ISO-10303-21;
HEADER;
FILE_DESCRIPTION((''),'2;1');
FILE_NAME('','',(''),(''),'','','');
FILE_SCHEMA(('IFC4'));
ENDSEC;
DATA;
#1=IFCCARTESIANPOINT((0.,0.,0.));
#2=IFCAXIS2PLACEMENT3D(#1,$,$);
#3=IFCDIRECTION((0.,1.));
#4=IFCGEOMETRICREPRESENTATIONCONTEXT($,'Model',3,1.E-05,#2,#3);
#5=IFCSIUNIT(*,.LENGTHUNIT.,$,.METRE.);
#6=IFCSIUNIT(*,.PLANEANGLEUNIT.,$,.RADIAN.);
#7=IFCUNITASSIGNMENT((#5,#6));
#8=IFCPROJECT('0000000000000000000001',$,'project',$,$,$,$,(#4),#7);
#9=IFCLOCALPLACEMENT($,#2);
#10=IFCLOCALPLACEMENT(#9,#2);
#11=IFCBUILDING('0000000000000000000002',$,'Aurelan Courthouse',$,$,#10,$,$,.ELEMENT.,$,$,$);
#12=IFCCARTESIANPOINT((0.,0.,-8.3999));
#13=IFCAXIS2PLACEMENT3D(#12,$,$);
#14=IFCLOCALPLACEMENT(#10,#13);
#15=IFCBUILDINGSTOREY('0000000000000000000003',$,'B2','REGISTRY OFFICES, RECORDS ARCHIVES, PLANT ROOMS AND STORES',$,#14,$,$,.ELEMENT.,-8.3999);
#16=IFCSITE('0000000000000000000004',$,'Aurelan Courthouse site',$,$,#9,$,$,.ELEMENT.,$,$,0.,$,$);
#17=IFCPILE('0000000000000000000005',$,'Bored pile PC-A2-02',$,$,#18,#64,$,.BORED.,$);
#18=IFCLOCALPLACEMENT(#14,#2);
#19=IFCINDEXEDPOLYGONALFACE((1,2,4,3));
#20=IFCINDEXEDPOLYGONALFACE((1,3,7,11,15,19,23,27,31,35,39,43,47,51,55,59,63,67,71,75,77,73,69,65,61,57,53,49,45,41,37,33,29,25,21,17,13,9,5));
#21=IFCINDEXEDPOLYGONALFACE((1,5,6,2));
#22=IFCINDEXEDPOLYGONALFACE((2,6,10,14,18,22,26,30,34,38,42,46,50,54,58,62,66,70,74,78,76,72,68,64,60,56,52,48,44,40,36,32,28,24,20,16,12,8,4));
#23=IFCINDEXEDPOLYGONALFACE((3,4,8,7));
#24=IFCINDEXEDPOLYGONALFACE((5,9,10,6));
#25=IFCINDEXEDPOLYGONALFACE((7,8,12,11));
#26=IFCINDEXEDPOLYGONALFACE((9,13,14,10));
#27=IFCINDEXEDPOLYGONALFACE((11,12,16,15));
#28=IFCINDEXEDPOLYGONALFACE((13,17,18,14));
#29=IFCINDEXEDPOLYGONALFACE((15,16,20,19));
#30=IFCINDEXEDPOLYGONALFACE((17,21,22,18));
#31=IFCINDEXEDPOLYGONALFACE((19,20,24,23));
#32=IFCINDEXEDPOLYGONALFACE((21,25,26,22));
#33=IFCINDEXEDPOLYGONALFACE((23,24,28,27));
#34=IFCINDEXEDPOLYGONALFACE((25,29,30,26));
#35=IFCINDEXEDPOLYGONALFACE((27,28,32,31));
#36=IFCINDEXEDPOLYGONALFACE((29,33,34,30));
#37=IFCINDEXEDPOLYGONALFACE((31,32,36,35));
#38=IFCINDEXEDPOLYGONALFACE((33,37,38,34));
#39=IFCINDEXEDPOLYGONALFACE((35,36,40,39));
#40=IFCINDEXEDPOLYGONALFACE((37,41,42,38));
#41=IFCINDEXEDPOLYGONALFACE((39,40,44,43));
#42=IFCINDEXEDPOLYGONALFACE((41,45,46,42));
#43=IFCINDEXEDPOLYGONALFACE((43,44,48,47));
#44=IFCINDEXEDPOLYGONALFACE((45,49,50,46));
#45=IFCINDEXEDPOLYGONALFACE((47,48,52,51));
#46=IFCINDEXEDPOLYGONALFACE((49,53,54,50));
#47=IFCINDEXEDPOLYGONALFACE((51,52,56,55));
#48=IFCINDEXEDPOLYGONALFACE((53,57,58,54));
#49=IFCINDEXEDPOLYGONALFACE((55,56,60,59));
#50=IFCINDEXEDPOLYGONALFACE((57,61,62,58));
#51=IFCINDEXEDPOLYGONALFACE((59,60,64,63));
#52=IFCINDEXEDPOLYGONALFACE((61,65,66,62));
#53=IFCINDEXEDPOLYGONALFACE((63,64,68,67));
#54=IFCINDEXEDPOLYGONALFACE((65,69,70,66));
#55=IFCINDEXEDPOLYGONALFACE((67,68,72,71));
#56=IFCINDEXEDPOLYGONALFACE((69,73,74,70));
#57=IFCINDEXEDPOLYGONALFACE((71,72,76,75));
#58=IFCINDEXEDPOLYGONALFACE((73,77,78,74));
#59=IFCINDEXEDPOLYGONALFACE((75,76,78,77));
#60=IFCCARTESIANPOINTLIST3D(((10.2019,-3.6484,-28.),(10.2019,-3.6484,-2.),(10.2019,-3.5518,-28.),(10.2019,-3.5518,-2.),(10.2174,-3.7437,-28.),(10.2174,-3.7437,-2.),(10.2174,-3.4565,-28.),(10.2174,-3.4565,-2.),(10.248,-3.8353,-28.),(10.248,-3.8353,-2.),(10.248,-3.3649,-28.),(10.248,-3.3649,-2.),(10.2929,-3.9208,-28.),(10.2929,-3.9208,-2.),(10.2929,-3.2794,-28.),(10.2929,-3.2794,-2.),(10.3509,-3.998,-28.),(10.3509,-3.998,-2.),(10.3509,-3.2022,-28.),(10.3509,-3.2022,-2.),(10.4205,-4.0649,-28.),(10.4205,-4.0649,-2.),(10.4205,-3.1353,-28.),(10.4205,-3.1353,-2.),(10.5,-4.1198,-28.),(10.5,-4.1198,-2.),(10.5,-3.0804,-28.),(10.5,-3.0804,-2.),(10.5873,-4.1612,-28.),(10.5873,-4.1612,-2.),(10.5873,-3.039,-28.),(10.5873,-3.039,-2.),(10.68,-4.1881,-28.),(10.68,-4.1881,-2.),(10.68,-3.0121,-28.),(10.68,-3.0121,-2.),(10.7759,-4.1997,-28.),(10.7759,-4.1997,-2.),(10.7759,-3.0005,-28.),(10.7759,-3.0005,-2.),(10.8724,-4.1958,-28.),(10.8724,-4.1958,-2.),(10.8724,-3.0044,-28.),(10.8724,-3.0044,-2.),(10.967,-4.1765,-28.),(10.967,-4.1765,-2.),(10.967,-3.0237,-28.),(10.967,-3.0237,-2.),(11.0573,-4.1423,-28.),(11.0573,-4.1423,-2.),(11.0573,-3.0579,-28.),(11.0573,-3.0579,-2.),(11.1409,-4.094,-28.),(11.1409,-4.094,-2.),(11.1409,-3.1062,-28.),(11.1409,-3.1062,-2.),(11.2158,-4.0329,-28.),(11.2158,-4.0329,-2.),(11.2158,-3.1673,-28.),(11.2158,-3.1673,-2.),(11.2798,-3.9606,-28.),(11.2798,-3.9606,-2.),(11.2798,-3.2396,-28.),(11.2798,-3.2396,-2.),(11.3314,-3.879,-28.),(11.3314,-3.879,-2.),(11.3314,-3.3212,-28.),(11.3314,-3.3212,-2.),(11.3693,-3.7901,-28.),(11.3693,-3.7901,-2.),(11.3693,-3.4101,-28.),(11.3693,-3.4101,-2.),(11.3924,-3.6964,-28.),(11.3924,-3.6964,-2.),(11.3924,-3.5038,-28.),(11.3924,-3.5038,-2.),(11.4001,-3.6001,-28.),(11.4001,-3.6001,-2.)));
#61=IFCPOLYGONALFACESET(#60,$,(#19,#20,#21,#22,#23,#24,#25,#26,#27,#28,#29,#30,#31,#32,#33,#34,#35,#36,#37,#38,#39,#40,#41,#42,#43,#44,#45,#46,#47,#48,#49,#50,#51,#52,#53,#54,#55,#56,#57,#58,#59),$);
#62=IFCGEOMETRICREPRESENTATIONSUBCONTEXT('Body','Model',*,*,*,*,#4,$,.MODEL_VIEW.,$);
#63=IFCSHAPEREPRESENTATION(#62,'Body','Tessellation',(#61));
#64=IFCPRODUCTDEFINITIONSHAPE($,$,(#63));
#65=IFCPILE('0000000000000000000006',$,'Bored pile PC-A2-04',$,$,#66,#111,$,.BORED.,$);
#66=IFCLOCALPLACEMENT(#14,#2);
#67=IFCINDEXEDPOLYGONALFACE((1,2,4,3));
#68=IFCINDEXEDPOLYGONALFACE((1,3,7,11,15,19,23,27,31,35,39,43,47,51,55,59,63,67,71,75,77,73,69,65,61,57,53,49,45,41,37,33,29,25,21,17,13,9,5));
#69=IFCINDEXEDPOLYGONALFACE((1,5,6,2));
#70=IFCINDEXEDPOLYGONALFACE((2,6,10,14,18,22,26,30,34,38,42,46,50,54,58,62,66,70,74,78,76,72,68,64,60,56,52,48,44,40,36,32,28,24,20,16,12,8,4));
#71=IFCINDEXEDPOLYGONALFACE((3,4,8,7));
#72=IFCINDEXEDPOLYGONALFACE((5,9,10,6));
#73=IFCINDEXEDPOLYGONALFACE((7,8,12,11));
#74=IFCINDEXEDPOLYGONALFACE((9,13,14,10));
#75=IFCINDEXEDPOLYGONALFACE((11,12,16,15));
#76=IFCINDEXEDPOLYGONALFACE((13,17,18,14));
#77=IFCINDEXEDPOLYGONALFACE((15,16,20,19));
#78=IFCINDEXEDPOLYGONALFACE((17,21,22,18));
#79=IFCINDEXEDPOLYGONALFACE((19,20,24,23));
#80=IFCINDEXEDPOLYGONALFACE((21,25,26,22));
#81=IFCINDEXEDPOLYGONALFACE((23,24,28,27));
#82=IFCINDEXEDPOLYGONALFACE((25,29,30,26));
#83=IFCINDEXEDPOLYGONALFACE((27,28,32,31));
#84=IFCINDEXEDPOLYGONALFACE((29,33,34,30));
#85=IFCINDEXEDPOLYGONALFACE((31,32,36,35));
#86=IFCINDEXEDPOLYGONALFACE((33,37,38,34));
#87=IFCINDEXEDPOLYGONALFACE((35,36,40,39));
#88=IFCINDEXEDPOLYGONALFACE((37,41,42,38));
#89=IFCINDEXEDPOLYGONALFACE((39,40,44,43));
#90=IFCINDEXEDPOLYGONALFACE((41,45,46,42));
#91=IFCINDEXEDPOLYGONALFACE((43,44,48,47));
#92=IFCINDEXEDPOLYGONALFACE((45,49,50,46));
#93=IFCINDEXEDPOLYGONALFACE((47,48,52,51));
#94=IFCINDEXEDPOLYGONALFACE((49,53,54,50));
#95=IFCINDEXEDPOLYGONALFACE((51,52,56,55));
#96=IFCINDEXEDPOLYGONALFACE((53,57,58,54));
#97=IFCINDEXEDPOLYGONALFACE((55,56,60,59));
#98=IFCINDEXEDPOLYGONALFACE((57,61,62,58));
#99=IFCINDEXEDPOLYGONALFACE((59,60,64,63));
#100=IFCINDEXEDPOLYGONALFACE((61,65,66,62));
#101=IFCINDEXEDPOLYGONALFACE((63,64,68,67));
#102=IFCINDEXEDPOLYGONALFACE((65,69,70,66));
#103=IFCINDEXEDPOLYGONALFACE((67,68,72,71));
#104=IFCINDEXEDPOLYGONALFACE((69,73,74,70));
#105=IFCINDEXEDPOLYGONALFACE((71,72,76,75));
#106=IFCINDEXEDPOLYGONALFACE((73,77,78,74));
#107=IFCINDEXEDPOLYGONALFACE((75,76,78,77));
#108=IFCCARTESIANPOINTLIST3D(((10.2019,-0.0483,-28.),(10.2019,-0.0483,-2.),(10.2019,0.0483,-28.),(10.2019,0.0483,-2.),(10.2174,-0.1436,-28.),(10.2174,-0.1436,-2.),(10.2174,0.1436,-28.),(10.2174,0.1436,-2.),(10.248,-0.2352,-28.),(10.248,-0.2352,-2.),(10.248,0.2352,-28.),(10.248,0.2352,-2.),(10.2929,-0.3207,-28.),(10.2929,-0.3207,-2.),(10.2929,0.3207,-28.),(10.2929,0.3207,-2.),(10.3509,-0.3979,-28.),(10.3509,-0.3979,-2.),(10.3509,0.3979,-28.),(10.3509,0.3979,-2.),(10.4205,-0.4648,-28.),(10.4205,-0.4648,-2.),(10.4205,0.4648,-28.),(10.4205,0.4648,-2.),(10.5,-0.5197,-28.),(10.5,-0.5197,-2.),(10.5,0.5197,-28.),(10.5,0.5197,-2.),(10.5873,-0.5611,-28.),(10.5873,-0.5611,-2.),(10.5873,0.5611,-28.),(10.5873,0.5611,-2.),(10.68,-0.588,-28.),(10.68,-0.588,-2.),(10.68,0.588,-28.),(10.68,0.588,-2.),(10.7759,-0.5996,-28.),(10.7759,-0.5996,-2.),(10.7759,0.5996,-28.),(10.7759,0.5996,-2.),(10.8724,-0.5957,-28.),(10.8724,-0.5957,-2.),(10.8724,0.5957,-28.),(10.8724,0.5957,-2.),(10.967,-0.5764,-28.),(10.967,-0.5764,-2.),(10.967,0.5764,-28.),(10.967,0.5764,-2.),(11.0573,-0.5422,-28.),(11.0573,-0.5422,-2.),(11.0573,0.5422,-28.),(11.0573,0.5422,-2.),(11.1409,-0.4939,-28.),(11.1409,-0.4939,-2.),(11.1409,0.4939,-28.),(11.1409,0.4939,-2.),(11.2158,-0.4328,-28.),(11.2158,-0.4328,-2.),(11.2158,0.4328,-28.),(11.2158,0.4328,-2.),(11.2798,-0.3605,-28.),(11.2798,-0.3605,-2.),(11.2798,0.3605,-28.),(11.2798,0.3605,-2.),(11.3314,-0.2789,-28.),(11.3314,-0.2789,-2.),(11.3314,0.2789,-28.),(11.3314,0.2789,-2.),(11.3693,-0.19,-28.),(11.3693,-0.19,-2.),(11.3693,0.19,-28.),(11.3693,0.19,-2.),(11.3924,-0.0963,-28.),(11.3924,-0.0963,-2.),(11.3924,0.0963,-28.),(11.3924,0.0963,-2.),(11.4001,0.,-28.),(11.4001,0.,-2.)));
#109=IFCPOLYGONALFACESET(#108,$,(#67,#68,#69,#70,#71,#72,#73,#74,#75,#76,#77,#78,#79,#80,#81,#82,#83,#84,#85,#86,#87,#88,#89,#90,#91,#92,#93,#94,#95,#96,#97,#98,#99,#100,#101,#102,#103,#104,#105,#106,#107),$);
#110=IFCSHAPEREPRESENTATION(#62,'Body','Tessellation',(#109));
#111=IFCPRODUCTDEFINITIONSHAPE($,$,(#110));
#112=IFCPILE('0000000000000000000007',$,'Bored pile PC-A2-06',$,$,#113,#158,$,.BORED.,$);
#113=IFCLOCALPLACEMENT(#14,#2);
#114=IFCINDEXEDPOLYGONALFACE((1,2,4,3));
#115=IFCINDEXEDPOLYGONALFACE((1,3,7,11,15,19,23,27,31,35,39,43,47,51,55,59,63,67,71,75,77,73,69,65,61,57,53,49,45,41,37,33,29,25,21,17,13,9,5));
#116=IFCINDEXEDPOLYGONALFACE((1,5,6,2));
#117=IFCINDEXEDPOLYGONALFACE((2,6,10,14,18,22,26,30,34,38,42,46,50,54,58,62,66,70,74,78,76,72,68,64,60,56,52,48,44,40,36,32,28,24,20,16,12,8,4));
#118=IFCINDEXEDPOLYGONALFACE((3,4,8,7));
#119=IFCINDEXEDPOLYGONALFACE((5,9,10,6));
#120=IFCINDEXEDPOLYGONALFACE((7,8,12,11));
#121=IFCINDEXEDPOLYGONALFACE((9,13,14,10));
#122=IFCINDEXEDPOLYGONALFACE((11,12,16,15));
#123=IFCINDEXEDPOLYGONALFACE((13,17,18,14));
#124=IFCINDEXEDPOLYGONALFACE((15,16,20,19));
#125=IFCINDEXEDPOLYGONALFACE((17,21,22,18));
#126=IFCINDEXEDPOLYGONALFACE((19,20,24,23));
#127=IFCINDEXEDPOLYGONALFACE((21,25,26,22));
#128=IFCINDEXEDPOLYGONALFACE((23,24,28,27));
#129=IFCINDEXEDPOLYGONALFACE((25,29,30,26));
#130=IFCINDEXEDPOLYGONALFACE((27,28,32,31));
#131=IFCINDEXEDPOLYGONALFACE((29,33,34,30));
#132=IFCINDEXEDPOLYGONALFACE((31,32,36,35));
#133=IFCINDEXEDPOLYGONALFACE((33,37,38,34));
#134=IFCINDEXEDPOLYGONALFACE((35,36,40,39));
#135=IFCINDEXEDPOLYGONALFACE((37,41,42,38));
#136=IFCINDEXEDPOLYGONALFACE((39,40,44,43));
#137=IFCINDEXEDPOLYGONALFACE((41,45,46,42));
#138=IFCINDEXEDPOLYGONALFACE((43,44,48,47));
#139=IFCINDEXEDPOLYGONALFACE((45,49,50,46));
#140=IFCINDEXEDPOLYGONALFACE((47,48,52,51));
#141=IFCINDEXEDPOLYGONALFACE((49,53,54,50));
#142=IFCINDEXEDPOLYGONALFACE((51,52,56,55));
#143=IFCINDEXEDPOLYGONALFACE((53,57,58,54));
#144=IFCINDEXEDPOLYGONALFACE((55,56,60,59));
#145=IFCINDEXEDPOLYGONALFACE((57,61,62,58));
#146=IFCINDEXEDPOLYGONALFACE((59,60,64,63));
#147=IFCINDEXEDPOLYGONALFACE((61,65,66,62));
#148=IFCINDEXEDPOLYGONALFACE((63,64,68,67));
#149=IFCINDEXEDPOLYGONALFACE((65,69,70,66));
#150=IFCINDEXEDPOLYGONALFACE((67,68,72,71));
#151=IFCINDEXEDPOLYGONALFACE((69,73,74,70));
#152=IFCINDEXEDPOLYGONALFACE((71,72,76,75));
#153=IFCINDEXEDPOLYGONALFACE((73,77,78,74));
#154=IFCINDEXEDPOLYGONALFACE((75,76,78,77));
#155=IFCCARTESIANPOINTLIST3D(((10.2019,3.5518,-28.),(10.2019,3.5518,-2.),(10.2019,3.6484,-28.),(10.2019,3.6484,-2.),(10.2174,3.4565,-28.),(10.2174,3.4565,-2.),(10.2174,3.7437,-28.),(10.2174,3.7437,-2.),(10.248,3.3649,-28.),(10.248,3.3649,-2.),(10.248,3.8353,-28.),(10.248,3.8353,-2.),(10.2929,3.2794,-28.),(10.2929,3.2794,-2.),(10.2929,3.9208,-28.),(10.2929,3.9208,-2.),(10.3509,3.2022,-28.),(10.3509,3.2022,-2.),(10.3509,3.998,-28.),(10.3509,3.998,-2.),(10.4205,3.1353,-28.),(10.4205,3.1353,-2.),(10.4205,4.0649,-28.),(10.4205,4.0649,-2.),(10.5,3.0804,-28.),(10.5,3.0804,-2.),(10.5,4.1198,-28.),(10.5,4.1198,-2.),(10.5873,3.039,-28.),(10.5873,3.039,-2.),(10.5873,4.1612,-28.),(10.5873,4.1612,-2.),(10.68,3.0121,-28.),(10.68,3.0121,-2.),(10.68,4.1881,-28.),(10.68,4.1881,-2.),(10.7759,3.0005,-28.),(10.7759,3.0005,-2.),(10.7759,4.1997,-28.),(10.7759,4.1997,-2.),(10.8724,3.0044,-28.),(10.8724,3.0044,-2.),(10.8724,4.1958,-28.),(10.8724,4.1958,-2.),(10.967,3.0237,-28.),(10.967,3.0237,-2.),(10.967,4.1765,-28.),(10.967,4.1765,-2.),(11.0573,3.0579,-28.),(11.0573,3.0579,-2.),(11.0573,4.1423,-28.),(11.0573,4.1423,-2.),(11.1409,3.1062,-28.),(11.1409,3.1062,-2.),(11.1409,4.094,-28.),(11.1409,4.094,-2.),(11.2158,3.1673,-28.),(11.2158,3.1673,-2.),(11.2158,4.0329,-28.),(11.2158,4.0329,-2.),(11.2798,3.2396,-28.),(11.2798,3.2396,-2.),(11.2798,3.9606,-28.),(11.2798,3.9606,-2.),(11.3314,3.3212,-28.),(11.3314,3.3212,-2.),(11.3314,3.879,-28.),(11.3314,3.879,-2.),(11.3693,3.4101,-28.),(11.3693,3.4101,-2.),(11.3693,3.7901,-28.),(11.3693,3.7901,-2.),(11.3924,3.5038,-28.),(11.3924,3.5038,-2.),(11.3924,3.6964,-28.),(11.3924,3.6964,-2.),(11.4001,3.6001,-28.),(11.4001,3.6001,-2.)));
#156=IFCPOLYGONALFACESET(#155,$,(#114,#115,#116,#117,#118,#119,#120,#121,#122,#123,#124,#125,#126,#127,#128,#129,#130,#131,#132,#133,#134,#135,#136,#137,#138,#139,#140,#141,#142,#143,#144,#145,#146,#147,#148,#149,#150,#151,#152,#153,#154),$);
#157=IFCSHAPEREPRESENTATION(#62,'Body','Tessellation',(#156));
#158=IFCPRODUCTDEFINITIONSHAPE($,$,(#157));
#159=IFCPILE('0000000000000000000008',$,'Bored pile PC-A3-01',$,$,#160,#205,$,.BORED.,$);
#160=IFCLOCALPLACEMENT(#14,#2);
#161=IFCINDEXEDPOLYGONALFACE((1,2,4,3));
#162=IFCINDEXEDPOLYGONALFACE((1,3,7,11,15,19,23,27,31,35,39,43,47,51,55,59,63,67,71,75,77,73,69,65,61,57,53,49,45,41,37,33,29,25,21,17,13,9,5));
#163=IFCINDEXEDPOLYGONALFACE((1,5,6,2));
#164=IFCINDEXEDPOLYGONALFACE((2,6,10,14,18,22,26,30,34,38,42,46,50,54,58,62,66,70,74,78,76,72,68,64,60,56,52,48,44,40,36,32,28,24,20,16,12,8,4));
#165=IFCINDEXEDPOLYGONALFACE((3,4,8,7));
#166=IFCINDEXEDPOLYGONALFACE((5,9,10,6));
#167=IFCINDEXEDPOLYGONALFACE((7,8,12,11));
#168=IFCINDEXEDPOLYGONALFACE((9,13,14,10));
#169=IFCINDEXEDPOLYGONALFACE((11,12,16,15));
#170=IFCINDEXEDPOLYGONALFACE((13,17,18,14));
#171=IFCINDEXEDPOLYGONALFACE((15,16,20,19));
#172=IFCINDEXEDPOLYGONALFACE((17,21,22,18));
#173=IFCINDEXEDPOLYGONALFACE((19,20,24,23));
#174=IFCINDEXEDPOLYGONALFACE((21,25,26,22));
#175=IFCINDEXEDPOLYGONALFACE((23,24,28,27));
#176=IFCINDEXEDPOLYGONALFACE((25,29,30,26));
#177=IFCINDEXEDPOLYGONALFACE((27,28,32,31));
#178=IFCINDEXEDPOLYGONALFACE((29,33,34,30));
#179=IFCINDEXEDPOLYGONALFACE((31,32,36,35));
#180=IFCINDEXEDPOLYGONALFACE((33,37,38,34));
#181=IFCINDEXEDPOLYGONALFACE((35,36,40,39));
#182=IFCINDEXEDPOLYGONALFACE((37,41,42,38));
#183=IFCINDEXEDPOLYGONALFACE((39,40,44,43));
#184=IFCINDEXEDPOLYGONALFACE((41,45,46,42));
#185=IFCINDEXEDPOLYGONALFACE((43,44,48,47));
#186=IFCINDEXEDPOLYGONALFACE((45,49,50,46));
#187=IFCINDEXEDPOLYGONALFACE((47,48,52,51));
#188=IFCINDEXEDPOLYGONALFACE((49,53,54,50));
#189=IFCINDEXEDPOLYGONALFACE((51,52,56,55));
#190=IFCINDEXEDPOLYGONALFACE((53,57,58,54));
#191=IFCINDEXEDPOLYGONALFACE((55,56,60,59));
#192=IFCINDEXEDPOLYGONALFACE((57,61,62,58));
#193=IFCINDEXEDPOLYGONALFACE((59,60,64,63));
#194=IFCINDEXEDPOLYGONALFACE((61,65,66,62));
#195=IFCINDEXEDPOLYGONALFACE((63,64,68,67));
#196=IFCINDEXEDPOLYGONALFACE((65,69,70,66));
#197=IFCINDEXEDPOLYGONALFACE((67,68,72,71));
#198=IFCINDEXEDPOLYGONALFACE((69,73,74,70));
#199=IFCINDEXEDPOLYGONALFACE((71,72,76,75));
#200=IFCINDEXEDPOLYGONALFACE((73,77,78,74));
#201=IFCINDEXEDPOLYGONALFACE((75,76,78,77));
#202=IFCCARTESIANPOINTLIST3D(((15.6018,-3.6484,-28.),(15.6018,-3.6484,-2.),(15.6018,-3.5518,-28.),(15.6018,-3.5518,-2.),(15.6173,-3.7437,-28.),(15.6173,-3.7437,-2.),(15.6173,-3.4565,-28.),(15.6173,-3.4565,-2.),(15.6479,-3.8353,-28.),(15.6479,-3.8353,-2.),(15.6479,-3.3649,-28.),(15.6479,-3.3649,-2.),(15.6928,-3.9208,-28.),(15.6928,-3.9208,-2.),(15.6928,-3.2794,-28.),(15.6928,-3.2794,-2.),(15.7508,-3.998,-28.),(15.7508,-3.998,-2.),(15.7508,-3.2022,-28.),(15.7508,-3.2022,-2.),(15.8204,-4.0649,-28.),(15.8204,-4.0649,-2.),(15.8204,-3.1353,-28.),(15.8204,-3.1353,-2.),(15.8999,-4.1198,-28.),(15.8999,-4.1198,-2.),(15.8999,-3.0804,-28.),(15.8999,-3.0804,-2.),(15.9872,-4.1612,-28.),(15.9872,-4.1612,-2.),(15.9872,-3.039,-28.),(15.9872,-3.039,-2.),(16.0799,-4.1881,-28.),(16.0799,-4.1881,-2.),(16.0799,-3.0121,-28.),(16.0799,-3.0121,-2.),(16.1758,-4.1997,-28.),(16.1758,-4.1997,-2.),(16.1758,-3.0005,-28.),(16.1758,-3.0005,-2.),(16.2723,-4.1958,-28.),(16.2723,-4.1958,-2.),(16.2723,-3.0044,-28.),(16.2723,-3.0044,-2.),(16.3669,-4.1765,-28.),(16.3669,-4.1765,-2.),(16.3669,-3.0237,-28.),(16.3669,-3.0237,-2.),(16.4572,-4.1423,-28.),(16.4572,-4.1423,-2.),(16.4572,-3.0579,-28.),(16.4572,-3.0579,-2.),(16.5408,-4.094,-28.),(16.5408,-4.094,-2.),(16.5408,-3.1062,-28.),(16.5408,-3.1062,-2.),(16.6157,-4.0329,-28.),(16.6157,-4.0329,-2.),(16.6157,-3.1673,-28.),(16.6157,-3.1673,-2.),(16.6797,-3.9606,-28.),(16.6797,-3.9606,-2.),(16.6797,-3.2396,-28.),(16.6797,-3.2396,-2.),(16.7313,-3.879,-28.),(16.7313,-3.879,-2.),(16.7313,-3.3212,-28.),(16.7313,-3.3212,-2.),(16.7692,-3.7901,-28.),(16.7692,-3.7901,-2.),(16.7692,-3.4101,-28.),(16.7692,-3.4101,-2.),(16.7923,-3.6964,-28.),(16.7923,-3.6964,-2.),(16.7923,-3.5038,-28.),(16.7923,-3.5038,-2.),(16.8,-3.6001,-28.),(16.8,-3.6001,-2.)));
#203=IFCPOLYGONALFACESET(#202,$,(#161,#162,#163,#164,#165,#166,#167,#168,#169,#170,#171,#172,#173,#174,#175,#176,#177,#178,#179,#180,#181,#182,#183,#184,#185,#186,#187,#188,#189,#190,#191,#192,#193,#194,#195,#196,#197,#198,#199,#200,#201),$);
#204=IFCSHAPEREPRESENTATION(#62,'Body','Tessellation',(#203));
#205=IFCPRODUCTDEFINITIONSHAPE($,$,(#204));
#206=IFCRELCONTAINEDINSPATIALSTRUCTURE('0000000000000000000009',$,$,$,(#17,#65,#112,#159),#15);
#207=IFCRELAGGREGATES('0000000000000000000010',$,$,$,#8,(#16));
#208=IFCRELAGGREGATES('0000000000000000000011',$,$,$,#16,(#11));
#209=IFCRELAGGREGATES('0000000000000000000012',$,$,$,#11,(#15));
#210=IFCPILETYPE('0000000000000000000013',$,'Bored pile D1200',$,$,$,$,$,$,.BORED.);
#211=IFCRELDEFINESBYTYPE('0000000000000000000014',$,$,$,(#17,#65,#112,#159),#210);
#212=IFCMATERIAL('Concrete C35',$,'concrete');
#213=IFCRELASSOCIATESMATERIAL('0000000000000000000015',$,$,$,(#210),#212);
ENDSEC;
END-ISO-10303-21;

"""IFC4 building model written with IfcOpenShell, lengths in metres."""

from ifc_helpers import new_model, si_unit, direction, frame, origin, origin_2d, place, context, subcontext, project, spatial, circle, extrude, material, material_profile, profile_set, type_object, element, save


model = new_model("IFC4")

# Units and contexts
model_context = context("Model", 3, precision=1e-05, world=origin(), true_north=direction((0.0, 1.0)))
body_context = subcontext(model_context, "Body", "Model", "MODEL_VIEW")
ifc_project = project(units=[si_unit("LENGTHUNIT", "METRE"), si_unit("PLANEANGLEUNIT", "RADIAN")], contexts=[model_context])

# Site, building, storey
site_placement = place(None, origin())
site = spatial("IfcSite", under=ifc_project, at=site_placement, Name="Aurelan Courthouse site", CompositionType="ELEMENT", RefElevation=0.0)
building_placement = place(site_placement, origin())
building = spatial("IfcBuilding", under=site, at=building_placement, Name="Aurelan Courthouse", CompositionType="ELEMENT")
storey_placement = place(building_placement, frame((0.0, 0.0, -8.3999)))
storey = spatial("IfcBuildingStorey", under=building, at=storey_placement, Name="B2", Description="REGISTRY OFFICES, RECORDS ARCHIVES, PLANT ROOMS AND STORES", CompositionType="ELEMENT", Elevation=-8.3999)

# Piles
ifc_material_1 = material(Name="Concrete C35", Category="concrete")
ifc_material_profile_1 = material_profile(ifc_material_1, circle(Radius=0.6001, at=origin_2d()), Name="D1200")
ifc_profile_set_1 = profile_set([ifc_material_profile_1], Name="Concrete C35")
pile_type = type_object("IfcPileType", Name="Bored pile D1200", PredefinedType="BORED", material=ifc_profile_set_1)
for number, where, z_axis, x_axis, name in (
    (1, (10.8, -3.6001, -2.0), (0.0, 0.0, -1.0), (1.0, 0.0, 0.0), "Bored pile PC-A2-02"),
    (2, (10.8, 0.0, -2.0), (0.0, 0.0, -1.0), (1.0, 0.0, 0.0), "Bored pile PC-A2-04"),
    (3, (10.8, 3.6001, -2.0), (0.0, 0.0, -1.0), (1.0, 0.0, 0.0), "Bored pile PC-A2-06"),
    (4, (16.2, -3.6001, -2.0), (0.0, 0.0, -1.0), (1.0, 0.0, 0.0), "Bored pile PC-A3-01"),
):
    element("IfcPile", number, at=place(storey_placement, frame(where, z_axis=z_axis, x_axis=x_axis)), inside=storey, type_object=pile_type, Name=name, PredefinedType="BORED", context=body_context, shape_type="SweptSolid", body=[
        extrude(circle(Radius=0.6001, at=origin_2d()), origin(), (0.0, 0.0, 1.0), 26.0),
    ])

save(model, "model.ifc")
